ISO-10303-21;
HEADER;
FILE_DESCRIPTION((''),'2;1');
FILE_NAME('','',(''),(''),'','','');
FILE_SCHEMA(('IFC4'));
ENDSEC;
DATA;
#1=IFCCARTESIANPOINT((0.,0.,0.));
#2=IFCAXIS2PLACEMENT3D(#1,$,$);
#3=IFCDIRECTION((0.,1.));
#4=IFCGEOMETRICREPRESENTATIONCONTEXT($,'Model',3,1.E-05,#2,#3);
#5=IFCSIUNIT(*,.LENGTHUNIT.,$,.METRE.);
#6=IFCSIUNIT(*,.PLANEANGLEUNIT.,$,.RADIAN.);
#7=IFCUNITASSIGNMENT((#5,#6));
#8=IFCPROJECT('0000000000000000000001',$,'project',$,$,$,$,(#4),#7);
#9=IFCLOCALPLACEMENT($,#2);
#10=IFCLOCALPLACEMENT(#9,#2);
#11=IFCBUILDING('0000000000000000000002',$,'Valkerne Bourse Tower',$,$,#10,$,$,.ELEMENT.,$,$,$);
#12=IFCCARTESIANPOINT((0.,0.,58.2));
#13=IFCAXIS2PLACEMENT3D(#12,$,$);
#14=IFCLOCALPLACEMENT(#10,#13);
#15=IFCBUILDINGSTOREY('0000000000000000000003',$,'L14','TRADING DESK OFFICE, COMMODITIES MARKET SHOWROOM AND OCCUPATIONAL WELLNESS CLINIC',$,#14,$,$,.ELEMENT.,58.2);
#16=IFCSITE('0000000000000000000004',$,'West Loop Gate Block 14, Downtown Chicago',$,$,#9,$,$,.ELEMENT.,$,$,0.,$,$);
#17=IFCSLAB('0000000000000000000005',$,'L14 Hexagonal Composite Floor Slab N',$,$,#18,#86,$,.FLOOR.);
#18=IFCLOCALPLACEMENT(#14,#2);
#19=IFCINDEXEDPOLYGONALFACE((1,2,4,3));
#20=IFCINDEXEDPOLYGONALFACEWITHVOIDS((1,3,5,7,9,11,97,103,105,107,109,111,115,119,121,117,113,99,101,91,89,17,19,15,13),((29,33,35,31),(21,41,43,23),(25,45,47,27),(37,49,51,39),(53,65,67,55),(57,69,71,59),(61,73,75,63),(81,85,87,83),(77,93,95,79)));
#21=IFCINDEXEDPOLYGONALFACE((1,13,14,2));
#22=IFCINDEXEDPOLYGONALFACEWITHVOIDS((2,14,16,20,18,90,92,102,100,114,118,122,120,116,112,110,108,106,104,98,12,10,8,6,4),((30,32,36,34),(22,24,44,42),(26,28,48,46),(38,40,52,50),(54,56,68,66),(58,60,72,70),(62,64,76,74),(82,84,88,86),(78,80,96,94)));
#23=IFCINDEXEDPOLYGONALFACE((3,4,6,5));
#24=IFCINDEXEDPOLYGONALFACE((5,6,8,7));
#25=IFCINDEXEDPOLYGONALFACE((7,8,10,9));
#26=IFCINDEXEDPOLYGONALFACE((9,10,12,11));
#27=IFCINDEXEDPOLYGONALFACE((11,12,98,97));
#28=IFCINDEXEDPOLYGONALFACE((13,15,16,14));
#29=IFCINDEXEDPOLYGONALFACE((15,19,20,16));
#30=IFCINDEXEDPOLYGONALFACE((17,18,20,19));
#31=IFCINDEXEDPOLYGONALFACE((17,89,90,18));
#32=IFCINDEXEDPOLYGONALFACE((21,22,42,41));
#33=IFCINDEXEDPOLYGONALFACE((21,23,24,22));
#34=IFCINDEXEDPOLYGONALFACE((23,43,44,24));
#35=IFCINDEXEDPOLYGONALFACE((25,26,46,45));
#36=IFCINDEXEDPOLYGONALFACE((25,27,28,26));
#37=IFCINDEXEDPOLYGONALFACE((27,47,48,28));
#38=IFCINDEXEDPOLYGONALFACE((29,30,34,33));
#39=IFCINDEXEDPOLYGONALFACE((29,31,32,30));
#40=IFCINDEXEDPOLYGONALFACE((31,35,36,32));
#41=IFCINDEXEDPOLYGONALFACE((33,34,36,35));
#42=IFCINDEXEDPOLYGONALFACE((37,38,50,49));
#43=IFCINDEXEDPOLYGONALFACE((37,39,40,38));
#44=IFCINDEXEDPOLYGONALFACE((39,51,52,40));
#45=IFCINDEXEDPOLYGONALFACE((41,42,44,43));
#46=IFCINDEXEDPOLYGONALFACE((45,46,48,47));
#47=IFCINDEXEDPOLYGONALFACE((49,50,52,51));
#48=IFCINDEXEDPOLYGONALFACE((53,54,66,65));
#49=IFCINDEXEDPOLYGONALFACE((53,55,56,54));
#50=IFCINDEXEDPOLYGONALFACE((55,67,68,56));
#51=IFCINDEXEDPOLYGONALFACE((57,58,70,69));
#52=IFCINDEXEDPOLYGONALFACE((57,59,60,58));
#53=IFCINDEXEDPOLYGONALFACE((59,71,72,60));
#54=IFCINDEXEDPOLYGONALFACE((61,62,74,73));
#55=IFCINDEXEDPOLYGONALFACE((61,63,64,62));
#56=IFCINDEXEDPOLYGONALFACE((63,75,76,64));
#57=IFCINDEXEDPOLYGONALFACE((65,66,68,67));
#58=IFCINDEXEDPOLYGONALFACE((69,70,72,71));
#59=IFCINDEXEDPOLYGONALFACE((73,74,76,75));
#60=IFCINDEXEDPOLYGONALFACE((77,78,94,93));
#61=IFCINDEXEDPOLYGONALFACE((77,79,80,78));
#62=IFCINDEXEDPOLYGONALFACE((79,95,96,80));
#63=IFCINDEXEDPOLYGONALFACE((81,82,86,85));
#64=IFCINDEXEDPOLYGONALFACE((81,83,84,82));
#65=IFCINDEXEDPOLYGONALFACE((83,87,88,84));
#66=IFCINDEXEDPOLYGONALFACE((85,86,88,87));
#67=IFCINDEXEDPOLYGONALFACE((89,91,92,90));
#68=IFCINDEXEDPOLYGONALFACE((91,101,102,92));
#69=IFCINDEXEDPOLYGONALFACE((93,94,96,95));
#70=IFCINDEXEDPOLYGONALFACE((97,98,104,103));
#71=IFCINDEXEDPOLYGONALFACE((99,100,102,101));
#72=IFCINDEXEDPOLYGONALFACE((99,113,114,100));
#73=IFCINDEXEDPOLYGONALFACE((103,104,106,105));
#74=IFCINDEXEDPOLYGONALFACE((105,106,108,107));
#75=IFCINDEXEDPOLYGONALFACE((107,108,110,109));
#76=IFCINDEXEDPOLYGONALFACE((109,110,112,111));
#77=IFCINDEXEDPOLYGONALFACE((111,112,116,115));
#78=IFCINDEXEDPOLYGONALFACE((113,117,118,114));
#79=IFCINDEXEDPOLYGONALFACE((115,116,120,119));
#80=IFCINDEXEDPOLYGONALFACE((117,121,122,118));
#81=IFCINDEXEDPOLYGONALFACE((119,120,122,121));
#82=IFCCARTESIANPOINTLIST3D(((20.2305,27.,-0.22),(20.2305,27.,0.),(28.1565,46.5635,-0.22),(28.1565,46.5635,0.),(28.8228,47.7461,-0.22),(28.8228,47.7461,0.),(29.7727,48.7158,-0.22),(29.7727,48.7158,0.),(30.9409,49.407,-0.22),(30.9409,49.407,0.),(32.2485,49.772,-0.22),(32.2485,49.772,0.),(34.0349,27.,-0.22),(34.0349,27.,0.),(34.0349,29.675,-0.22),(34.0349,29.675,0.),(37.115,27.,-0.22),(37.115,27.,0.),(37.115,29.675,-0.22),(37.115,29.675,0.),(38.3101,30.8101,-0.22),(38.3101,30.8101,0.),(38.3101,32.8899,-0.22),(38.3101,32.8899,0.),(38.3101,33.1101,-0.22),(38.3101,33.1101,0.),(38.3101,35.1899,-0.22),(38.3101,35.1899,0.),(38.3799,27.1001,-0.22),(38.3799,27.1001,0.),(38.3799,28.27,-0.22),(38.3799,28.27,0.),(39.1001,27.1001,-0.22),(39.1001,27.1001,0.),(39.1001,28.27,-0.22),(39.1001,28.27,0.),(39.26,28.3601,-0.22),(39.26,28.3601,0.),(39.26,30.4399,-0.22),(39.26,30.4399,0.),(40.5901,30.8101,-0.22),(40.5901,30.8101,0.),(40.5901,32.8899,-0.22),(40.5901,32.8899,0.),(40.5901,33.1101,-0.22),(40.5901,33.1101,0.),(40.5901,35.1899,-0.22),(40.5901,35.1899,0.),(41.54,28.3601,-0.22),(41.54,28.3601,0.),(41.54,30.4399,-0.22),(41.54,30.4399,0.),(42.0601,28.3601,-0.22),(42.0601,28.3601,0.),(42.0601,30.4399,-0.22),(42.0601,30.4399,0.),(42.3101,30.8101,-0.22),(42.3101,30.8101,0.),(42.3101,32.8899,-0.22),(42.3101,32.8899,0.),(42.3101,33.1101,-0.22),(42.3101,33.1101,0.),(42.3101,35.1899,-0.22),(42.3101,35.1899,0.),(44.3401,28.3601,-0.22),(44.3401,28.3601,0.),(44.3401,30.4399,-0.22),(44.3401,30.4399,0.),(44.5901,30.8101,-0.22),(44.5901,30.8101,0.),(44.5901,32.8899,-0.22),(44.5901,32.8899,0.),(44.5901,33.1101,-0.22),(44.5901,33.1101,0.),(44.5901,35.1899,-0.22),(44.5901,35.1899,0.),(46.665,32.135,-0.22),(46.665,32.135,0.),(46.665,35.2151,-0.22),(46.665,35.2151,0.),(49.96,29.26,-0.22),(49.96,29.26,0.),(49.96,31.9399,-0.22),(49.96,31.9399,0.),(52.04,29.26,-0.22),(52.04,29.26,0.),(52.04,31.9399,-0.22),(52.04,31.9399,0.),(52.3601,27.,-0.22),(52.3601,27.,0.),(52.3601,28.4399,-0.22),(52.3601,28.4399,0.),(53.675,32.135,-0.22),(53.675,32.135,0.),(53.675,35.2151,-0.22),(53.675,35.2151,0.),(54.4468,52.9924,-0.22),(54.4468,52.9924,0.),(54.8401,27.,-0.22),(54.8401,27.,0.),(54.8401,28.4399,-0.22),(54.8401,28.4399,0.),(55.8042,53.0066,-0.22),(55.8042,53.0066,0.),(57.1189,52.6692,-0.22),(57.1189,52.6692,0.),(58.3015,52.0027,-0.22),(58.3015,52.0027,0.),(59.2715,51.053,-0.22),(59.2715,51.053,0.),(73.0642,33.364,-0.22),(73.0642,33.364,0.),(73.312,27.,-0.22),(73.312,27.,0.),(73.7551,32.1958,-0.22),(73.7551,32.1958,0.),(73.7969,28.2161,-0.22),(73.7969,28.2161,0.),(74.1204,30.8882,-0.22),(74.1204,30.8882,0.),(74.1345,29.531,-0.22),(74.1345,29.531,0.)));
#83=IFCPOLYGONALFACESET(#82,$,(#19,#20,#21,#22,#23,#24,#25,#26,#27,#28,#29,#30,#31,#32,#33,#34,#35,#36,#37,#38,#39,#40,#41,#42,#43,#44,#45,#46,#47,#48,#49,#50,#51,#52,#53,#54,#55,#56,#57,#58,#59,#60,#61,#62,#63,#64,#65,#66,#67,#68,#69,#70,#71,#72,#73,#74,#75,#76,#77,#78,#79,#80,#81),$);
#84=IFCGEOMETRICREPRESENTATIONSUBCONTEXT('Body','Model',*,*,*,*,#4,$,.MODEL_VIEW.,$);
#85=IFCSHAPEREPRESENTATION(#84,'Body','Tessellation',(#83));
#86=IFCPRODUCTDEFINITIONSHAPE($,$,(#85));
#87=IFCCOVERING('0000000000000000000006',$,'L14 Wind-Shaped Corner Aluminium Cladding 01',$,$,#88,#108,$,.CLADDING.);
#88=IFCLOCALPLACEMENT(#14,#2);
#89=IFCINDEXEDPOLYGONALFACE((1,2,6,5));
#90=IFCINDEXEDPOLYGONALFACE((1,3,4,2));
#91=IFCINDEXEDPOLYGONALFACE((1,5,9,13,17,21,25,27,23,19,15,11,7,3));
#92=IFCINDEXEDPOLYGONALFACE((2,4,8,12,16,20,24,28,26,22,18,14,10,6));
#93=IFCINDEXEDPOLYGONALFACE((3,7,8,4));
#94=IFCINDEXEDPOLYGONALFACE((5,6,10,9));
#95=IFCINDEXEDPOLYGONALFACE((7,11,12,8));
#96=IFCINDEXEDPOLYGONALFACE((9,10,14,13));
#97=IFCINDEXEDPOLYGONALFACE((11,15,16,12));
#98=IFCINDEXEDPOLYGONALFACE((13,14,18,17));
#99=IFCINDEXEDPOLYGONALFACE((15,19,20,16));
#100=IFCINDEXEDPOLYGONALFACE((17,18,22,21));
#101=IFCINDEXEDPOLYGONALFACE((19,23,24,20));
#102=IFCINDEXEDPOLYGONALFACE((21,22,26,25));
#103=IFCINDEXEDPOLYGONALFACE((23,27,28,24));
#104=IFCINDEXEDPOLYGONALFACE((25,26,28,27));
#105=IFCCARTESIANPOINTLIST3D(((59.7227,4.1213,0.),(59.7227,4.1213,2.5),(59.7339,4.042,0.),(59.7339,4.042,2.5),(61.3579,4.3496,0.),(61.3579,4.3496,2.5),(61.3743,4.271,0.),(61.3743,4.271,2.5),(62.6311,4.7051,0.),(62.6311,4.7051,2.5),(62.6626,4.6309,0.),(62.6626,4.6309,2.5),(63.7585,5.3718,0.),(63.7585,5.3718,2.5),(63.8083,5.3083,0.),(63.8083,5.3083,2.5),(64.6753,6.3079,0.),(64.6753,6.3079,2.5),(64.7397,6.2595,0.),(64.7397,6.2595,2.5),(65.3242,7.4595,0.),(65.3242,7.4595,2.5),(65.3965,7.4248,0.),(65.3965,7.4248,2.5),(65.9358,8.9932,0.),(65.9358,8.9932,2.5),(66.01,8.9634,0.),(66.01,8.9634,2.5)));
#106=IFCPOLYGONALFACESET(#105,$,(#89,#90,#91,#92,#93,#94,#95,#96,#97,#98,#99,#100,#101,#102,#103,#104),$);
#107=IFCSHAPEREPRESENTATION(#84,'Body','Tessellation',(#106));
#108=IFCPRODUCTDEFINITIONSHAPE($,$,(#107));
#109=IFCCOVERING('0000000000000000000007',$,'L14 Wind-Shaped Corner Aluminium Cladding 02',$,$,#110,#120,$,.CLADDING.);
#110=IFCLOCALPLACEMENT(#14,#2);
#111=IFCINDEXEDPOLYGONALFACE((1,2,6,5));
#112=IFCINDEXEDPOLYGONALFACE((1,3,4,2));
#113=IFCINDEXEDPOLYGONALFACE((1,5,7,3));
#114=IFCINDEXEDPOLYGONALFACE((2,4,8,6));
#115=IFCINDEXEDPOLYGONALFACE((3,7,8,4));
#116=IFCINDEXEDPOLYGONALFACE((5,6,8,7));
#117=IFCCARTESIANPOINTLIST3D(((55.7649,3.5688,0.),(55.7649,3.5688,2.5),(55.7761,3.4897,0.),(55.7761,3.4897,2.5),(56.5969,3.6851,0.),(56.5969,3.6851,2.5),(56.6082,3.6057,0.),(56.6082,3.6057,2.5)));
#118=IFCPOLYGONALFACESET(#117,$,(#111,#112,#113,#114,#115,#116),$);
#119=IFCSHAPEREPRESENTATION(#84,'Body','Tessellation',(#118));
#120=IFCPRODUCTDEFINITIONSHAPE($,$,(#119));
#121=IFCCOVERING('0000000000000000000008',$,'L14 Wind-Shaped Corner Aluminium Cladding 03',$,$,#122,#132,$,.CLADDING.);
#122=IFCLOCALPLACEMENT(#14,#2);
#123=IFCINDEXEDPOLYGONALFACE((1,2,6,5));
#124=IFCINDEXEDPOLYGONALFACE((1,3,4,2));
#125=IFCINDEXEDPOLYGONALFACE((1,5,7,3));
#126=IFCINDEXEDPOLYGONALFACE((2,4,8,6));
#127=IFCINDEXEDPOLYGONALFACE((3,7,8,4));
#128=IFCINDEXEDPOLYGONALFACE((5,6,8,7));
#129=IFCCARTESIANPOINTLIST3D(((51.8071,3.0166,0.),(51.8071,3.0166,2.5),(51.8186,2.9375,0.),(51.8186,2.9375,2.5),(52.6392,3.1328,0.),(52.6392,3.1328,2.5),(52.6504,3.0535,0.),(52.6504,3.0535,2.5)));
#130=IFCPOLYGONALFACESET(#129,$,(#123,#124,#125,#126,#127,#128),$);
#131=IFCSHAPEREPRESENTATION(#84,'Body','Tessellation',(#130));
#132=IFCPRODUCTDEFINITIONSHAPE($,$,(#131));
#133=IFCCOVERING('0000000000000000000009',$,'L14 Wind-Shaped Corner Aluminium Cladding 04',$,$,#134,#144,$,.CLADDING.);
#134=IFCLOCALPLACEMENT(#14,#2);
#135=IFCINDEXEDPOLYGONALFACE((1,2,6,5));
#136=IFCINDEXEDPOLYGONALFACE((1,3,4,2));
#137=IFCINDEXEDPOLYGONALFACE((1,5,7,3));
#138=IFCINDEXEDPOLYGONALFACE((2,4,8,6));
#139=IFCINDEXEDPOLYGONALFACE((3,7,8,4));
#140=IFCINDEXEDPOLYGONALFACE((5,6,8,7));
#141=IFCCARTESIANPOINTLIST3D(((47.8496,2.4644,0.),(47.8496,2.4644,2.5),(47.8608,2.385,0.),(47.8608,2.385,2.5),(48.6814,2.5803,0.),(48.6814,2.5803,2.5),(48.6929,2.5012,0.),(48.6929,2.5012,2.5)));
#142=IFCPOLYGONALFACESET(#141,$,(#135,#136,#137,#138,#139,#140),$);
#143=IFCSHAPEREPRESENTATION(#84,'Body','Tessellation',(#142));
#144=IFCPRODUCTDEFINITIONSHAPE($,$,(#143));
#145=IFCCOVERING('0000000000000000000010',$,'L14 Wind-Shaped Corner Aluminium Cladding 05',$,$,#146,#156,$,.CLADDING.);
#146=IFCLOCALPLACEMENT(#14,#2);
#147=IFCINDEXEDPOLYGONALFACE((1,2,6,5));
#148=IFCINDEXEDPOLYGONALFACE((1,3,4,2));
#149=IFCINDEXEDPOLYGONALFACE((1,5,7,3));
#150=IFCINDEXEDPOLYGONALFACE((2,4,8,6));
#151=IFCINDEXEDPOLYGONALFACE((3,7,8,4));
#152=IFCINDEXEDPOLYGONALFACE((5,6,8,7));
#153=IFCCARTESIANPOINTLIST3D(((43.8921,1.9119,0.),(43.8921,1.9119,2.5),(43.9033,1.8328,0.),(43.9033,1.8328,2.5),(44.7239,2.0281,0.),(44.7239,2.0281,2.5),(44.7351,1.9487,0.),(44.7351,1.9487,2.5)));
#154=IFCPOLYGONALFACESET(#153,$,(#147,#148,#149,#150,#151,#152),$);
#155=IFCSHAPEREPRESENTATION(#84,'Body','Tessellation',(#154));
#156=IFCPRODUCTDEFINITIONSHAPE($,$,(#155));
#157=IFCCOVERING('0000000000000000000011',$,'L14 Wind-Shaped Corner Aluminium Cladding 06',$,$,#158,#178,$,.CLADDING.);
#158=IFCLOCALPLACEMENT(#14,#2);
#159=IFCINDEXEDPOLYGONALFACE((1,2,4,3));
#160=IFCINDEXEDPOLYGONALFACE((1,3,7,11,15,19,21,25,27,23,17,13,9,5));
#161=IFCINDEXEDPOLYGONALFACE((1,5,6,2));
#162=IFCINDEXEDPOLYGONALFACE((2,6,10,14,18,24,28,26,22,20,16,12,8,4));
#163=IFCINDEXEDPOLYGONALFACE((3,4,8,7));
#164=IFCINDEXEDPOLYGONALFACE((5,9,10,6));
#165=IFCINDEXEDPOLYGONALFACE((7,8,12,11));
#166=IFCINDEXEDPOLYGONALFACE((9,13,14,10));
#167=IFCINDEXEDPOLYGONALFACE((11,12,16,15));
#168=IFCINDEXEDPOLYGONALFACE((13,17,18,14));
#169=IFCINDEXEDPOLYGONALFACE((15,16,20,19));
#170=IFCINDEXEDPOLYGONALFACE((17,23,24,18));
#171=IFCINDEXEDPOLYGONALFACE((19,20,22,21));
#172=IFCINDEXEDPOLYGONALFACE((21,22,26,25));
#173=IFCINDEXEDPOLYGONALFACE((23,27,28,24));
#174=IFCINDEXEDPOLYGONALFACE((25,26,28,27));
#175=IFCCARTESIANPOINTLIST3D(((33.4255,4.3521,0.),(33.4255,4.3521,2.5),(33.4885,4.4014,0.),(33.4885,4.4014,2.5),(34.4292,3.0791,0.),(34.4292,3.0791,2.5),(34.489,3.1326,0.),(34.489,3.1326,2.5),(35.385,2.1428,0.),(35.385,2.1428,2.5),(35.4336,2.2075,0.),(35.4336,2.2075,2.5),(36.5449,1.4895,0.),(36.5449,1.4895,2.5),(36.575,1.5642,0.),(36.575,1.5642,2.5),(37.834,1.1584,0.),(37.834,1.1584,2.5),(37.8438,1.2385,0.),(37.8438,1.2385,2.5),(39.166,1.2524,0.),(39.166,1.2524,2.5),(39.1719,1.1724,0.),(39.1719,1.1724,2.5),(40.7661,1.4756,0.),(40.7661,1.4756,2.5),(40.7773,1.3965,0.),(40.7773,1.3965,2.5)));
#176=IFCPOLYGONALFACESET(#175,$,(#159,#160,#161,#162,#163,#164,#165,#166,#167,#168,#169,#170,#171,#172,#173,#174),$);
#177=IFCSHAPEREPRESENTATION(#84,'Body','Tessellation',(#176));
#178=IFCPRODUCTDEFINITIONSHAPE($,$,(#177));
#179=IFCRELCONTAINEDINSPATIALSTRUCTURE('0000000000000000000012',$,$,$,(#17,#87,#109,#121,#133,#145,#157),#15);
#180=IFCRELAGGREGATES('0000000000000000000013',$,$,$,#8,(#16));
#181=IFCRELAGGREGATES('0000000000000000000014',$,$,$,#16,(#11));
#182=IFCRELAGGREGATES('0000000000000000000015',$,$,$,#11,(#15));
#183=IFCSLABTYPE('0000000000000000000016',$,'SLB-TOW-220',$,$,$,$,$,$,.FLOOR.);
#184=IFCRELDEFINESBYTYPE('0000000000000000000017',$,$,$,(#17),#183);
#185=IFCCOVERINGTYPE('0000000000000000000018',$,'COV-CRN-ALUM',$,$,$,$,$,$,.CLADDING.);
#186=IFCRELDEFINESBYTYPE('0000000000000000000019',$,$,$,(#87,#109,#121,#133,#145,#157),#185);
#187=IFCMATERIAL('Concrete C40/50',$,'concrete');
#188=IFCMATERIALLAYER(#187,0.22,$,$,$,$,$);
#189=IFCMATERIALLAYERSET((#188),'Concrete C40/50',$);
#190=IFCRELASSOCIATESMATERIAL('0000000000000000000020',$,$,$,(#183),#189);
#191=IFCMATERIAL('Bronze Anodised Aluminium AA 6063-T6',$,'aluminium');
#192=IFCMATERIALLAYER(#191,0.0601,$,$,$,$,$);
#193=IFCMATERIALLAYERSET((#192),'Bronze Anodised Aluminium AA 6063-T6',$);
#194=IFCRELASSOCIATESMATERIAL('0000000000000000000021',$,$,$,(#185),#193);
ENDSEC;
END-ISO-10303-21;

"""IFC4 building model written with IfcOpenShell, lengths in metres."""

from ifc_helpers import new_model, si_unit, direction, frame, origin, place, context, subcontext, project, spatial, polyline, outline, extrude, material, layer, layer_set, type_object, element, save


model = new_model("IFC4")

# Units and contexts
model_context = context("Model", 3, precision=1e-05, world=origin(), true_north=direction((0.0, 1.0)))
body_context = subcontext(model_context, "Body", "Model", "MODEL_VIEW")
ifc_project = project(units=[si_unit("LENGTHUNIT", "METRE"), si_unit("PLANEANGLEUNIT", "RADIAN")], contexts=[model_context])

# Site, building, storey
site_placement = place(None, origin())
site = spatial("IfcSite", under=ifc_project, at=site_placement, Name="West Loop Gate Block 14, Downtown Chicago", CompositionType="ELEMENT", RefElevation=0.0)
building_placement = place(site_placement, origin())
building = spatial("IfcBuilding", under=site, at=building_placement, Name="Valkerne Bourse Tower", CompositionType="ELEMENT")
storey_placement = place(building_placement, frame((0.0, 0.0, 58.2)))
storey = spatial("IfcBuildingStorey", under=building, at=storey_placement, Name="L14", Description="TRADING DESK OFFICE, COMMODITIES MARKET SHOWROOM AND OCCUPATIONAL WELLNESS CLINIC", CompositionType="ELEMENT", Elevation=58.2)

# Slab
ifc_material_1 = material(Name="Concrete C40/50", Category="concrete")
ifc_layer_1 = layer(ifc_material_1, 0.22)
ifc_layer_set_1 = layer_set([ifc_layer_1], Name="Concrete C40/50")
slab_type_1 = type_object("IfcSlabType", Name="SLB-TOW-220", PredefinedType="FLOOR", material=ifc_layer_set_1)
slab_1_placement = place(storey_placement, frame((0.0, 0.0, -0.22)))
element("IfcSlab", 1, at=slab_1_placement, inside=storey, type_object=slab_type_1, Name="L14 Hexagonal Composite Floor Slab N", PredefinedType="FLOOR", context=body_context, shape_type="SweptSolid", body=[
    extrude(outline(polyline([(28.1565, 46.5635), (28.8228, 47.7461), (29.7727, 48.7158), (30.9409, 49.407), (32.2485, 49.772), (54.4468, 52.9924), (55.8042, 53.0066), (57.1189, 52.6692), (58.3015, 52.0027), (59.2715, 51.053), (73.0642, 33.364), (73.7551, 32.1958), (74.1204, 30.8882), (74.1345, 29.531), (73.7969, 28.2161), (73.312, 27.0), (54.8401, 27.0), (54.8401, 28.4399), (52.3601, 28.4399), (52.3601, 27.0), (37.115, 27.0), (37.115, 29.675), (34.0349, 29.675), (34.0349, 27.0), (20.2305, 27.0), (28.1565, 46.5635)]), holes=[polyline([(39.1001, 28.27), (38.3799, 28.27), (38.3799, 27.1001), (39.1001, 27.1001), (39.1001, 28.27)]), polyline([(41.54, 30.4399), (39.26, 30.4399), (39.26, 28.3601), (41.54, 28.3601), (41.54, 30.4399)]), polyline([(44.3401, 30.4399), (42.0601, 30.4399), (42.0601, 28.3601), (44.3401, 28.3601), (44.3401, 30.4399)]), polyline([(40.5901, 30.8101), (40.5901, 32.8899), (38.3101, 32.8899), (38.3101, 30.8101), (40.5901, 30.8101)]), polyline([(40.5901, 33.1101), (40.5901, 35.1899), (38.3101, 35.1899), (38.3101, 33.1101), (40.5901, 33.1101)]), polyline([(52.04, 31.9399), (49.96, 31.9399), (49.96, 29.26), (52.04, 29.26), (52.04, 31.9399)]), polyline([(44.5901, 32.8899), (42.3101, 32.8899), (42.3101, 30.8101), (44.5901, 30.8101), (44.5901, 32.8899)]), polyline([(53.675, 32.135), (53.675, 35.2151), (46.665, 35.2151), (46.665, 32.135), (53.675, 32.135)]), polyline([(44.5901, 33.1101), (44.5901, 35.1899), (42.3101, 35.1899), (42.3101, 33.1101), (44.5901, 33.1101)])]), origin(), (0.0, 0.0, 1.0), 0.22),
])

# Coverings
ifc_material_2 = material(Name="Bronze Anodised Aluminium AA 6063-T6", Category="aluminium")
ifc_layer_2 = layer(ifc_material_2, 0.0601)
ifc_layer_set_2 = layer_set([ifc_layer_2], Name="Bronze Anodised Aluminium AA 6063-T6")
covering_type = type_object("IfcCoveringType", Name="COV-CRN-ALUM", PredefinedType="CLADDING", material=ifc_layer_set_2)
covering_1_placement = place(storey_placement, origin())
element("IfcCovering", 2, at=covering_1_placement, inside=storey, type_object=covering_type, Name="L14 Wind-Shaped Corner Aluminium Cladding 01", PredefinedType="CLADDING", context=body_context, shape_type="SweptSolid", body=[
    extrude(outline(polyline([(64.7397, 6.2595), (63.8083, 5.3083), (62.6626, 4.6309), (61.3743, 4.271), (59.7339, 4.042), (59.7227, 4.1213), (61.3579, 4.3496), (62.6311, 4.7051), (63.7585, 5.3718), (64.6753, 6.3079), (65.3242, 7.4595), (65.9358, 8.9932), (66.01, 8.9634), (65.3965, 7.4248), (64.7397, 6.2595)])), origin(), (0.0, 0.0, 1.0), 2.5),
])
covering_2_placement = place(storey_placement, origin())
element("IfcCovering", 3, at=covering_2_placement, inside=storey, type_object=covering_type, Name="L14 Wind-Shaped Corner Aluminium Cladding 02", PredefinedType="CLADDING", context=body_context, shape_type="SweptSolid", body=[
    extrude(outline(polyline([(55.7761, 3.4897), (55.7649, 3.5688), (56.5969, 3.6851), (56.6082, 3.6057), (55.7761, 3.4897)])), origin(), (0.0, 0.0, 1.0), 2.5),
])
covering_3_placement = place(storey_placement, origin())
element("IfcCovering", 4, at=covering_3_placement, inside=storey, type_object=covering_type, Name="L14 Wind-Shaped Corner Aluminium Cladding 03", PredefinedType="CLADDING", context=body_context, shape_type="SweptSolid", body=[
    extrude(outline(polyline([(51.8186, 2.9375), (51.8071, 3.0166), (52.6392, 3.1328), (52.6504, 3.0535), (51.8186, 2.9375)])), origin(), (0.0, 0.0, 1.0), 2.5),
])
covering_4_placement = place(storey_placement, origin())
element("IfcCovering", 5, at=covering_4_placement, inside=storey, type_object=covering_type, Name="L14 Wind-Shaped Corner Aluminium Cladding 04", PredefinedType="CLADDING", context=body_context, shape_type="SweptSolid", body=[
    extrude(outline(polyline([(47.8608, 2.385), (47.8496, 2.4644), (48.6814, 2.5803), (48.6929, 2.5012), (47.8608, 2.385)])), origin(), (0.0, 0.0, 1.0), 2.5),
])
covering_5_placement = place(storey_placement, origin())
element("IfcCovering", 6, at=covering_5_placement, inside=storey, type_object=covering_type, Name="L14 Wind-Shaped Corner Aluminium Cladding 05", PredefinedType="CLADDING", context=body_context, shape_type="SweptSolid", body=[
    extrude(outline(polyline([(43.9033, 1.8328), (43.8921, 1.9119), (44.7239, 2.0281), (44.7351, 1.9487), (43.9033, 1.8328)])), origin(), (0.0, 0.0, 1.0), 2.5),
])
covering_6_placement = place(storey_placement, origin())
element("IfcCovering", 7, at=covering_6_placement, inside=storey, type_object=covering_type, Name="L14 Wind-Shaped Corner Aluminium Cladding 06", PredefinedType="CLADDING", context=body_context, shape_type="SweptSolid", body=[
    extrude(outline(polyline([(39.1719, 1.1724), (37.834, 1.1584), (36.5449, 1.4895), (35.385, 2.1428), (34.4292, 3.0791), (33.4255, 4.3521), (33.4885, 4.4014), (34.489, 3.1326), (35.4336, 2.2075), (36.575, 1.5642), (37.8438, 1.2385), (39.166, 1.2524), (40.7661, 1.4756), (40.7773, 1.3965), (39.1719, 1.1724)])), origin(), (0.0, 0.0, 1.0), 2.5),
])

save(model, "model.ifc")
